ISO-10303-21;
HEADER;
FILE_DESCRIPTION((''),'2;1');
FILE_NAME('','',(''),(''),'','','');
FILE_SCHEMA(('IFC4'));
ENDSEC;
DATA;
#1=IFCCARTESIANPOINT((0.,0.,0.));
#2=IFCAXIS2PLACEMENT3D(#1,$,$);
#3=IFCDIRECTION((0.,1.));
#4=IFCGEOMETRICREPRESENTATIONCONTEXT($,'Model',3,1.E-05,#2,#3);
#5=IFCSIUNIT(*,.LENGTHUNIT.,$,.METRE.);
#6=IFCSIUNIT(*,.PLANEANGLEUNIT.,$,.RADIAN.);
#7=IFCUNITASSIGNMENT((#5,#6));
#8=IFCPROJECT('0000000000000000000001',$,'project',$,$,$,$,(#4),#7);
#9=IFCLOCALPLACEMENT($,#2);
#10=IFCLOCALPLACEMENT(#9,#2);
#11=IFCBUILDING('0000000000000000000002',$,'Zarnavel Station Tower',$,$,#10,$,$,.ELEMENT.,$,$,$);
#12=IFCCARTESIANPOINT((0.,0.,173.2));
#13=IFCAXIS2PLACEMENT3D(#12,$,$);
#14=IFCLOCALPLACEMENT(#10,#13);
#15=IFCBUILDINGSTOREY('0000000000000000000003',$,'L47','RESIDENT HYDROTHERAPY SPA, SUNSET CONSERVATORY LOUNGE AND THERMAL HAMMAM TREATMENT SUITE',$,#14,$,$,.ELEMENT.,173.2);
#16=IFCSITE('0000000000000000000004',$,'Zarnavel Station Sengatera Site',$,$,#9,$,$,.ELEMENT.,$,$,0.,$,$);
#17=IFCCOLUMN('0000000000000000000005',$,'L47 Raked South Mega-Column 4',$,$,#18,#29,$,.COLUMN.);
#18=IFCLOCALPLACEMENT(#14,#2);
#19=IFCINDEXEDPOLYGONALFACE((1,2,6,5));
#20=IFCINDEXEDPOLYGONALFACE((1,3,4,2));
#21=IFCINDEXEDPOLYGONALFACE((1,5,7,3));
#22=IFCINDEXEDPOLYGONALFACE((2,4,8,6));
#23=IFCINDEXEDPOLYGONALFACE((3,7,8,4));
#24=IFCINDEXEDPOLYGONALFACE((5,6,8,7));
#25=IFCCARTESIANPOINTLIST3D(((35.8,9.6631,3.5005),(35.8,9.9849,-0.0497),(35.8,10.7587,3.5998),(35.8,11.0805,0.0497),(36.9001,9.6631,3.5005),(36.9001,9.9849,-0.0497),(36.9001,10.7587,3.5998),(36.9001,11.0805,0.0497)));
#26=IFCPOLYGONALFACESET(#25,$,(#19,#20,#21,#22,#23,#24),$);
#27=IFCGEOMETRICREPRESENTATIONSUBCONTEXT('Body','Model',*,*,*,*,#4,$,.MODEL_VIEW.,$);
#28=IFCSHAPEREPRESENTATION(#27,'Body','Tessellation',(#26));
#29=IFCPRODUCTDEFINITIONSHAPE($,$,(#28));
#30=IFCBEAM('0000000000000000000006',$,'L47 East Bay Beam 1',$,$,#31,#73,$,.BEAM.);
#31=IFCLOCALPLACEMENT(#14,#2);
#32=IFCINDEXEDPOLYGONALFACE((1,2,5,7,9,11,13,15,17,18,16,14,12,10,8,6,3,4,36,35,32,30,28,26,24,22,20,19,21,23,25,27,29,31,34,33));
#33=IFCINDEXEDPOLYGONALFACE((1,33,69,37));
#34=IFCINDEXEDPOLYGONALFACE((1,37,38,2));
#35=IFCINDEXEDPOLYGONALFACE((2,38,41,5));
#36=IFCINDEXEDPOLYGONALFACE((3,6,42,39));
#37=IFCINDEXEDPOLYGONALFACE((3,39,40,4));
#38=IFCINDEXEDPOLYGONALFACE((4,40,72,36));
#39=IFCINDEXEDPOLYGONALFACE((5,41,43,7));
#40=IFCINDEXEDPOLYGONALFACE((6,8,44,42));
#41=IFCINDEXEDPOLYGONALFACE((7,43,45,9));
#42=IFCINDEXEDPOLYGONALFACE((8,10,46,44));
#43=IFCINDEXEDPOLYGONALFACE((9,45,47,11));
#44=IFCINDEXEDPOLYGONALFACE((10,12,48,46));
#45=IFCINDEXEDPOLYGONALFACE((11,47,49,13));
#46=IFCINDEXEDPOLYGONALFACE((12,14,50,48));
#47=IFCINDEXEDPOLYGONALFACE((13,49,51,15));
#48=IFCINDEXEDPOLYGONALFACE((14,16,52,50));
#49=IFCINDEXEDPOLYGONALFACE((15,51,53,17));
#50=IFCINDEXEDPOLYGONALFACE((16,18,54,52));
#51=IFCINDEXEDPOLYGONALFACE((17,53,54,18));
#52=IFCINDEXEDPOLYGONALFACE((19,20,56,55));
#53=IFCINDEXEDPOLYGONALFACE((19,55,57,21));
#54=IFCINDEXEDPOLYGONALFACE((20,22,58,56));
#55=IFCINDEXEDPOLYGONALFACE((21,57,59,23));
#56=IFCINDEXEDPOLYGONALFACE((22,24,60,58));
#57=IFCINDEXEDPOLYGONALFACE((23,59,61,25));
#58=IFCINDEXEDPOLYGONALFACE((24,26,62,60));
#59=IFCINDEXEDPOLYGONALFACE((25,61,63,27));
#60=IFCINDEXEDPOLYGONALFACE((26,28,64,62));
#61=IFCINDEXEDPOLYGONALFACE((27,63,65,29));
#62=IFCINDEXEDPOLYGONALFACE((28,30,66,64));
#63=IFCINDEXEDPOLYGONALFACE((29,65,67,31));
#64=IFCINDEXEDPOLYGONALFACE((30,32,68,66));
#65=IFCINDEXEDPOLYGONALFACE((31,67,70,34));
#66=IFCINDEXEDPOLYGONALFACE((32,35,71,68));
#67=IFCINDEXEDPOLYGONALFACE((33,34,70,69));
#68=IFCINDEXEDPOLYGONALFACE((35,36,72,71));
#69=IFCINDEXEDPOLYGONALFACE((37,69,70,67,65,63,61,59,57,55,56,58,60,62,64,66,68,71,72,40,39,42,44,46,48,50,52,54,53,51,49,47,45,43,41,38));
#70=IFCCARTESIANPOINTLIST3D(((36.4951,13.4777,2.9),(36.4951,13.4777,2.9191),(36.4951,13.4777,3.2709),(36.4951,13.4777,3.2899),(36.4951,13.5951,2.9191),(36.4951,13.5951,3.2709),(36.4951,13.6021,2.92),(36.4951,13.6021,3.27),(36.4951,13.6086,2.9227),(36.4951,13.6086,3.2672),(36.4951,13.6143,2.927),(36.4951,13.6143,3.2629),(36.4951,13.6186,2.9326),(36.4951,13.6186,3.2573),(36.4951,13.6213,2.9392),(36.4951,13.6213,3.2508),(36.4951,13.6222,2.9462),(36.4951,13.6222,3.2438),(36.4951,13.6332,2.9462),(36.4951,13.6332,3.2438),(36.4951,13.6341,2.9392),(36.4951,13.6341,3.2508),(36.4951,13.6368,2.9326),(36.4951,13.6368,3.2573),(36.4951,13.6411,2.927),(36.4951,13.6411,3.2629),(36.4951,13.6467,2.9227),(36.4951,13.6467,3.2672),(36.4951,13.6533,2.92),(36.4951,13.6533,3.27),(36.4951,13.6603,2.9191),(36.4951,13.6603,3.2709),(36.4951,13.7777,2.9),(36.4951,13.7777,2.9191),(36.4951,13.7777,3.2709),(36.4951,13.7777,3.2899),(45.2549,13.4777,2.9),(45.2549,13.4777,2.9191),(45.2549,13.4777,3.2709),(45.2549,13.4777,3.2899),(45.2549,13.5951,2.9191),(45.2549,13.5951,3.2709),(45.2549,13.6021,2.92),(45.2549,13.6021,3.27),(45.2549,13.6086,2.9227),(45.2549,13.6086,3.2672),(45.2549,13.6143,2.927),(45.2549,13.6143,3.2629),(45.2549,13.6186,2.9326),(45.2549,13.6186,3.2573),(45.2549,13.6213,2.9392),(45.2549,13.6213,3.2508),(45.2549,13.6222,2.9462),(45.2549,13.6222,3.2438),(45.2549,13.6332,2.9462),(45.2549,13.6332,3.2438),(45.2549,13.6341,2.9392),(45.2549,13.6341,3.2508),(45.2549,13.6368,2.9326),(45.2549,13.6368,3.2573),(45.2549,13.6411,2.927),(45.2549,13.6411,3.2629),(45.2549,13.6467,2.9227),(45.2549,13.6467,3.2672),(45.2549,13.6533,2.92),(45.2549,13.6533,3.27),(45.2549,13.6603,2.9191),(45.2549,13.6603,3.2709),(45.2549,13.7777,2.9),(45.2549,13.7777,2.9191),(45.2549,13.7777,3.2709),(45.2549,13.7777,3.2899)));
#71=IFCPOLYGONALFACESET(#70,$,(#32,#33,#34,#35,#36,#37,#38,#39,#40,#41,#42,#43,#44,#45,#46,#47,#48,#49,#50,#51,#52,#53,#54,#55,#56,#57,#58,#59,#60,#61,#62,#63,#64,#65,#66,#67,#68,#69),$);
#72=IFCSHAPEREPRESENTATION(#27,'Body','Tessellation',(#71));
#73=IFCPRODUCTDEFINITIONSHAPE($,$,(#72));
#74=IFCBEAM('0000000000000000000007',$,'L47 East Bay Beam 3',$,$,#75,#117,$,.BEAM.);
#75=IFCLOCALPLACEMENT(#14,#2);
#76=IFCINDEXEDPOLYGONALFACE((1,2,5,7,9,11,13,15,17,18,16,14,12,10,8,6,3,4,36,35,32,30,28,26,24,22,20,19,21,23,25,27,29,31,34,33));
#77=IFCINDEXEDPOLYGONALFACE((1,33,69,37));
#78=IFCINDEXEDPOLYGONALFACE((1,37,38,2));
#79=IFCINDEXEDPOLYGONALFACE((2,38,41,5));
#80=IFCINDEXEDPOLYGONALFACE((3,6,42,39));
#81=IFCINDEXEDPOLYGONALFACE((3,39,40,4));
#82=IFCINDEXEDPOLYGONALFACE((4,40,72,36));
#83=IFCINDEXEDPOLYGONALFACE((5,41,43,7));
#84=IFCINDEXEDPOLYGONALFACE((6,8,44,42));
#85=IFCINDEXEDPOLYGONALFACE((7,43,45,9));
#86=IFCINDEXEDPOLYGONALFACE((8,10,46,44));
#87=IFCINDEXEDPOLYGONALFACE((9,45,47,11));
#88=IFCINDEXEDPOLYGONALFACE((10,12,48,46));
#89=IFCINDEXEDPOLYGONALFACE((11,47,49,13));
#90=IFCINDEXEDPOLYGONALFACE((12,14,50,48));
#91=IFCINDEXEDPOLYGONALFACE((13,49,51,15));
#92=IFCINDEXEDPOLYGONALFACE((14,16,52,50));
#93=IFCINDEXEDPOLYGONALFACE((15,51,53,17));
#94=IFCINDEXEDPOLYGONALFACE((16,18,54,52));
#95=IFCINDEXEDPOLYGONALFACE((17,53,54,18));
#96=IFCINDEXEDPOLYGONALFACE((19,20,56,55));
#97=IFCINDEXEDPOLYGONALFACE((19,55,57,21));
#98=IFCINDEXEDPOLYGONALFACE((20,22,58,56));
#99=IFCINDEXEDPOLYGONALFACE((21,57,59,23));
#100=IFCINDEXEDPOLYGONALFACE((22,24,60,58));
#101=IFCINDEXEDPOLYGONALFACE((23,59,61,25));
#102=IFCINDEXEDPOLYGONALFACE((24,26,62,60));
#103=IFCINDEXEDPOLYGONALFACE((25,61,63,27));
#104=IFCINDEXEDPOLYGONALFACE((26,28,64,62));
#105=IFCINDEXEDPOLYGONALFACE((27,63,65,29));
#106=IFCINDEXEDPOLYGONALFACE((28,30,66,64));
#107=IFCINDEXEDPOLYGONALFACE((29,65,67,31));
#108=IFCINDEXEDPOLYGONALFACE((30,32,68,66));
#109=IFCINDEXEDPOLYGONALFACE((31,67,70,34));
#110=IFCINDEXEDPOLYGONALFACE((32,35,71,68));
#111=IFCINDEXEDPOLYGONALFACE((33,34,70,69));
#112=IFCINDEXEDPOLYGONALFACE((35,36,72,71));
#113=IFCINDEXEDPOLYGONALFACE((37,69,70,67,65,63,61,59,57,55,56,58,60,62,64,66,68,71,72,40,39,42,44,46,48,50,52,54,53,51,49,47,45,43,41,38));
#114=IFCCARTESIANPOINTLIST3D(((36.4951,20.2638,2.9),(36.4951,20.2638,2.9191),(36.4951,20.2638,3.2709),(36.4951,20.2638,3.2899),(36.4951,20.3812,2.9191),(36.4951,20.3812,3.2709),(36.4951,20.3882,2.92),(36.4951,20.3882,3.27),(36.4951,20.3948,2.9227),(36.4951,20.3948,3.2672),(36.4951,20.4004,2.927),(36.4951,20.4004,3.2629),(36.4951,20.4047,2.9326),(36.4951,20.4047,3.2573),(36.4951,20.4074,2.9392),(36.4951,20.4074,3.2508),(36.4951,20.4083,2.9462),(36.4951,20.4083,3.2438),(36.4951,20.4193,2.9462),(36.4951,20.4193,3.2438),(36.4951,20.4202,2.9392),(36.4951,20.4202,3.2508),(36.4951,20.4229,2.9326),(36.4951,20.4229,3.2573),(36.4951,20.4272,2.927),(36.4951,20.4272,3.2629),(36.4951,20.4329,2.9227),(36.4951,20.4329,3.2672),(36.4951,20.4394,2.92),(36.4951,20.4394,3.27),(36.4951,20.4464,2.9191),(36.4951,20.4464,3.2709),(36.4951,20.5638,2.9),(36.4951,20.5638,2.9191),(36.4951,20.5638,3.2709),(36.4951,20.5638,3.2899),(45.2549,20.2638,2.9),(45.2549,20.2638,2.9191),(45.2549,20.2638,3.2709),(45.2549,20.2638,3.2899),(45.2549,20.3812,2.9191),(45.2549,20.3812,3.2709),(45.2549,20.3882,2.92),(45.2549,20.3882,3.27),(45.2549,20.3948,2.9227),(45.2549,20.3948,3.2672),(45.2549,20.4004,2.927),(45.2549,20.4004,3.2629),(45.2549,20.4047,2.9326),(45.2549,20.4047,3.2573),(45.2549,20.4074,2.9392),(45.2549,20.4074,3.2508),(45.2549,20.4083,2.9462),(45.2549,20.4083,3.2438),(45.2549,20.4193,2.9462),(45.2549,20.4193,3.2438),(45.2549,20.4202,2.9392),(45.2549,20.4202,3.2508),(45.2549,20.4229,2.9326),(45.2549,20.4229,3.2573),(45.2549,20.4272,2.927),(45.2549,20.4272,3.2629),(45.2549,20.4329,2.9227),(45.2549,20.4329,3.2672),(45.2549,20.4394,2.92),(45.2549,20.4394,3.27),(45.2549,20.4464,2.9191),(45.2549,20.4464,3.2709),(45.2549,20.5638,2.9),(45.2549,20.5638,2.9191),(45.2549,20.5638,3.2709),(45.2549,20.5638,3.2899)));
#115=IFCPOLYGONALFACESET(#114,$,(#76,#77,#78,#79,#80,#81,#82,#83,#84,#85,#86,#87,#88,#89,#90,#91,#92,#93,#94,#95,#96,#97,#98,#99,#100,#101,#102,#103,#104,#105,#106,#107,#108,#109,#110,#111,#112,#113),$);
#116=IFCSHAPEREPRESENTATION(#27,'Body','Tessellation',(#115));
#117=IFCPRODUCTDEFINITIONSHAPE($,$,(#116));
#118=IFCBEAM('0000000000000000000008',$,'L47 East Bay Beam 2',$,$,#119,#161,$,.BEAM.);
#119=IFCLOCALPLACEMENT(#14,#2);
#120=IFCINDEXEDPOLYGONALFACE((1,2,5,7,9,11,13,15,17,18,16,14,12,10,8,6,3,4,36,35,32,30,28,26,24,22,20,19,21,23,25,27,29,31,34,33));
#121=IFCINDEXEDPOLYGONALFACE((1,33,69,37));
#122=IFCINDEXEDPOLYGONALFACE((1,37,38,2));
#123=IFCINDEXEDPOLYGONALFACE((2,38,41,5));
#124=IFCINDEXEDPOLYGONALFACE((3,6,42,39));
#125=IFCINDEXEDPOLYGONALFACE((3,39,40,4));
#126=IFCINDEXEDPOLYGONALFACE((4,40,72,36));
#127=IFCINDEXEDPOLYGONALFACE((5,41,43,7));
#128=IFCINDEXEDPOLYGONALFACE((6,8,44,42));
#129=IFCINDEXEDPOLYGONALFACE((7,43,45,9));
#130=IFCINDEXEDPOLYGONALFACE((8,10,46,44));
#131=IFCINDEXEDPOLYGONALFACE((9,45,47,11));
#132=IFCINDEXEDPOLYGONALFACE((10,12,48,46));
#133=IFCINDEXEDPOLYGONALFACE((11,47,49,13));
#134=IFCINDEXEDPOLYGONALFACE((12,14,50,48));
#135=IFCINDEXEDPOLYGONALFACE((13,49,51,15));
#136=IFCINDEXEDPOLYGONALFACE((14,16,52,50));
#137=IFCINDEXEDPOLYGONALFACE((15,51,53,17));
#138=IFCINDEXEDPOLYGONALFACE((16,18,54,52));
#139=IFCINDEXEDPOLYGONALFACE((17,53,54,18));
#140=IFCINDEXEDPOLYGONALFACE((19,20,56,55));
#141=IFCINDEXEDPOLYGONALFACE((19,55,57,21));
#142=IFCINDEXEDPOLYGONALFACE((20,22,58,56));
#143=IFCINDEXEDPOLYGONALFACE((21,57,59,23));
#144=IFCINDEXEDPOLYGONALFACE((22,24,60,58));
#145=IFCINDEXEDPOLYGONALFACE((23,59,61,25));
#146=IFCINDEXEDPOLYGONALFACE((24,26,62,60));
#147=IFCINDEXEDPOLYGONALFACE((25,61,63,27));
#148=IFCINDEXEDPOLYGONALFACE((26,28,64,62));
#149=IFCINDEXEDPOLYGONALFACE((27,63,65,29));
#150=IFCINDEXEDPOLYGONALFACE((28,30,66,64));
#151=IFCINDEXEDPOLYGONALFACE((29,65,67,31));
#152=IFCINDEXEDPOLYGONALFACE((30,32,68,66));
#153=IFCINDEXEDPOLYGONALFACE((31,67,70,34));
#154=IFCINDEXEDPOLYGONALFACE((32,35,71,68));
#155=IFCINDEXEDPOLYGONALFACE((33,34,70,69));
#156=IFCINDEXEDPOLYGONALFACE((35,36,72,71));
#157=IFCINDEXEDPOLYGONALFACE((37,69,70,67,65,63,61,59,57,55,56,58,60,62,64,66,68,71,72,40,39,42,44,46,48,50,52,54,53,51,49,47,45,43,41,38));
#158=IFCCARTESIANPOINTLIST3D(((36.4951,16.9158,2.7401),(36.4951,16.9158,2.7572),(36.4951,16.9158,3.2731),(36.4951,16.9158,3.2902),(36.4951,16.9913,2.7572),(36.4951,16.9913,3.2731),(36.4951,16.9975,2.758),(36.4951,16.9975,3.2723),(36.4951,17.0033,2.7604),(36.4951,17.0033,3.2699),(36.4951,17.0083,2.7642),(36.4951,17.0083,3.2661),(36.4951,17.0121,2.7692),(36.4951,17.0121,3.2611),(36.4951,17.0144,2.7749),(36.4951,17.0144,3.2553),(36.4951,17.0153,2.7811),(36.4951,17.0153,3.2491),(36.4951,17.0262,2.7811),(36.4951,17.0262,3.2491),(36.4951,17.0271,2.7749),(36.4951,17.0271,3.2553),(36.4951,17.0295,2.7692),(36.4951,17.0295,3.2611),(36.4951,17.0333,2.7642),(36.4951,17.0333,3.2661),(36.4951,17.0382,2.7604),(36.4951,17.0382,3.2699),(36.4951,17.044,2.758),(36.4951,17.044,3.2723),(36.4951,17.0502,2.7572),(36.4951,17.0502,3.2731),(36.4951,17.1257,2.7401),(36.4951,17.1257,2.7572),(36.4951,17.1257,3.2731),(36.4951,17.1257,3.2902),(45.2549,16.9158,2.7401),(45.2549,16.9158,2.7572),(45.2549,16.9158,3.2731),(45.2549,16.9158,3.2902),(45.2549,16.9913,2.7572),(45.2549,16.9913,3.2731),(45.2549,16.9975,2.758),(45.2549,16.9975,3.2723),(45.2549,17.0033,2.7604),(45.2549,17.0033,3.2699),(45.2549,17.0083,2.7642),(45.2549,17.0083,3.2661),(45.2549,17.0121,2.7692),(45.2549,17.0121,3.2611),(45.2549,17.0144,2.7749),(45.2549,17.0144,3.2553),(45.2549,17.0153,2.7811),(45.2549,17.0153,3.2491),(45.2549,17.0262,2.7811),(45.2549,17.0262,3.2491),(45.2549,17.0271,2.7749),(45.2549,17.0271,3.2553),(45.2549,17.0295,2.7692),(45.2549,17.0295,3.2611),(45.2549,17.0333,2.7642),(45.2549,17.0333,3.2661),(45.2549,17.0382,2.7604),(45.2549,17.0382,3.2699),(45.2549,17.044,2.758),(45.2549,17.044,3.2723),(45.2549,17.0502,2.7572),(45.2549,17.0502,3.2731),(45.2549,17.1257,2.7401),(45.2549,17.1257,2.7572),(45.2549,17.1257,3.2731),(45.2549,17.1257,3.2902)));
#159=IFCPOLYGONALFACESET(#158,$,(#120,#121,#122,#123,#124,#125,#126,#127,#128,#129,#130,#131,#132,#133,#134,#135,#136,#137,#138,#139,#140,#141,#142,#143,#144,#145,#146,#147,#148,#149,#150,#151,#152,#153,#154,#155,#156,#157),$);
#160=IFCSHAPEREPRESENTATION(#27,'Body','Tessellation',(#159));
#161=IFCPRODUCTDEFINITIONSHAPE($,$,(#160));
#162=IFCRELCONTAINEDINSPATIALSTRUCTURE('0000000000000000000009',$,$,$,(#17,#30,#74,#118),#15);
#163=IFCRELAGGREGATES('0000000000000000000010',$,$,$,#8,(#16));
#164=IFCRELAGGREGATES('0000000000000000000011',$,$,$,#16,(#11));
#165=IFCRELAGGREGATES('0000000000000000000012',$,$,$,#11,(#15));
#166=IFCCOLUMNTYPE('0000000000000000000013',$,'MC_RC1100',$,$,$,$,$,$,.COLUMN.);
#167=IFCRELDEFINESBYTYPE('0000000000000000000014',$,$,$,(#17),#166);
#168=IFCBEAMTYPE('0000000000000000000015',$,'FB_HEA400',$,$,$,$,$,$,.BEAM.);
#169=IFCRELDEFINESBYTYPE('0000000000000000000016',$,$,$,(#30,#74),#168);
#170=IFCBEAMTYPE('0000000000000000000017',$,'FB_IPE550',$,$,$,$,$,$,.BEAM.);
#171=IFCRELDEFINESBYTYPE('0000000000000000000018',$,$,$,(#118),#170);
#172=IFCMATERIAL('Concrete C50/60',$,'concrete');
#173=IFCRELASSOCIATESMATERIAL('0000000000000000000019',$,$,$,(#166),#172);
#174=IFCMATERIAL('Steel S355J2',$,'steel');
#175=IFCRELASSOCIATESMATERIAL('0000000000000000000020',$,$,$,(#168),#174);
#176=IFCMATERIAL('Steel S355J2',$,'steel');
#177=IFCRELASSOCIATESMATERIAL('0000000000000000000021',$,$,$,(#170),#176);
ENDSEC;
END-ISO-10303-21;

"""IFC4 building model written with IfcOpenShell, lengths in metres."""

from ifc_helpers import new_model, si_unit, direction, frame, origin, origin_2d, place, context, subcontext, project, spatial, rectangle, i_section, extrude, material, material_profile, profile_set, type_object, element, save


model = new_model("IFC4")

# Units and contexts
model_context = context("Model", 3, precision=1e-05, world=origin(), true_north=direction((0.0, 1.0)))
body_context = subcontext(model_context, "Body", "Model", "MODEL_VIEW")
ifc_project = project(units=[si_unit("LENGTHUNIT", "METRE"), si_unit("PLANEANGLEUNIT", "RADIAN")], contexts=[model_context])

# Site, building, storey
site_placement = place(None, origin())
site = spatial("IfcSite", under=ifc_project, at=site_placement, Name="Zarnavel Station Sengatera Site", CompositionType="ELEMENT", RefElevation=0.0)
building_placement = place(site_placement, origin())
building = spatial("IfcBuilding", under=site, at=building_placement, Name="Zarnavel Station Tower", CompositionType="ELEMENT")
storey_placement = place(building_placement, frame((0.0, 0.0, 173.2)))
storey = spatial("IfcBuildingStorey", under=building, at=storey_placement, Name="L47", Description="RESIDENT HYDROTHERAPY SPA, SUNSET CONSERVATORY LOUNGE AND THERMAL HAMMAM TREATMENT SUITE", CompositionType="ELEMENT", Elevation=173.2)

# Column
ifc_material_1 = material(Name="Concrete C50/60", Category="concrete")
ifc_material_profile_1 = material_profile(ifc_material_1, rectangle(XDim=1.1001, YDim=1.1001, at=origin_2d()), Name="RC1100x1100")
ifc_profile_set_1 = profile_set([ifc_material_profile_1], Name="Concrete C50/60")
column_type = type_object("IfcColumnType", Name="MC_RC1100", PredefinedType="COLUMN", material=ifc_profile_set_1)
column_placement = place(storey_placement, frame((36.3501, 10.5327, 0.0), z_axis=(0.0, -0.09027, 0.995917), x_axis=(1.0, 0.0, 0.0)))
element("IfcColumn", 1, at=column_placement, inside=storey, type_object=column_type, Name="L47 Raked South Mega-Column 4", PredefinedType="COLUMN", context=body_context, shape_type="SweptSolid", body=[
    extrude(rectangle(XDim=1.1001, YDim=1.1001, at=origin_2d()), origin(), (0.0, 0.0, 1.0), 3.5647),
])

# Beams
ifc_material_2 = material(Name="Steel S355J2", Category="steel")
ifc_material_profile_2 = material_profile(ifc_material_2, i_section(OverallWidth=0.3, OverallDepth=0.3899, WebThickness=0.011, FlangeThickness=0.019, FilletRadius=0.0271, at=origin_2d()), Name="HEA400")
ifc_profile_set_2 = profile_set([ifc_material_profile_2], Name="Steel S355J2")
beam_type_1 = type_object("IfcBeamType", Name="FB_HEA400", PredefinedType="BEAM", material=ifc_profile_set_2)
for number, where, z_axis, x_axis, name in (
    (2, (36.4951, 13.6277, 3.095), (1.0, 0.0, 0.0), (0.0, 1.0, 0.0), "L47 East Bay Beam 1"),
    (3, (36.4951, 20.4138, 3.095), (1.0, 0.0, 0.0), (0.0, 1.0, 0.0), "L47 East Bay Beam 3"),
):
    element("IfcBeam", number, at=place(storey_placement, frame(where, z_axis=z_axis, x_axis=x_axis)), inside=storey, type_object=beam_type_1, Name=name, PredefinedType="BEAM", context=body_context, shape_type="SweptSolid", body=[
        extrude(i_section(OverallWidth=0.3, OverallDepth=0.3899, WebThickness=0.011, FlangeThickness=0.019, FilletRadius=0.0271, at=origin_2d()), origin(), (0.0, 0.0, 1.0), 8.7598),
    ])
ifc_material_3 = material(Name="Steel S355J2", Category="steel")
ifc_material_profile_3 = material_profile(ifc_material_3, i_section(OverallWidth=0.21, OverallDepth=0.55, WebThickness=0.011, FlangeThickness=0.0171, FilletRadius=0.0239, at=origin_2d()), Name="IPE550")
ifc_profile_set_3 = profile_set([ifc_material_profile_3], Name="Steel S355J2")
beam_type_2 = type_object("IfcBeamType", Name="FB_IPE550", PredefinedType="BEAM", material=ifc_profile_set_3)
for number, where, z_axis, x_axis, name in (
    (4, (36.4951, 17.0208, 3.0151), (1.0, 0.0, 0.0), (0.0, 1.0, 0.0), "L47 East Bay Beam 2"),
):
    element("IfcBeam", number, at=place(storey_placement, frame(where, z_axis=z_axis, x_axis=x_axis)), inside=storey, type_object=beam_type_2, Name=name, PredefinedType="BEAM", context=body_context, shape_type="SweptSolid", body=[
        extrude(i_section(OverallWidth=0.21, OverallDepth=0.55, WebThickness=0.011, FlangeThickness=0.0171, FilletRadius=0.0239, at=origin_2d()), origin(), (0.0, 0.0, 1.0), 8.7598),
    ])

save(model, "model.ifc")
